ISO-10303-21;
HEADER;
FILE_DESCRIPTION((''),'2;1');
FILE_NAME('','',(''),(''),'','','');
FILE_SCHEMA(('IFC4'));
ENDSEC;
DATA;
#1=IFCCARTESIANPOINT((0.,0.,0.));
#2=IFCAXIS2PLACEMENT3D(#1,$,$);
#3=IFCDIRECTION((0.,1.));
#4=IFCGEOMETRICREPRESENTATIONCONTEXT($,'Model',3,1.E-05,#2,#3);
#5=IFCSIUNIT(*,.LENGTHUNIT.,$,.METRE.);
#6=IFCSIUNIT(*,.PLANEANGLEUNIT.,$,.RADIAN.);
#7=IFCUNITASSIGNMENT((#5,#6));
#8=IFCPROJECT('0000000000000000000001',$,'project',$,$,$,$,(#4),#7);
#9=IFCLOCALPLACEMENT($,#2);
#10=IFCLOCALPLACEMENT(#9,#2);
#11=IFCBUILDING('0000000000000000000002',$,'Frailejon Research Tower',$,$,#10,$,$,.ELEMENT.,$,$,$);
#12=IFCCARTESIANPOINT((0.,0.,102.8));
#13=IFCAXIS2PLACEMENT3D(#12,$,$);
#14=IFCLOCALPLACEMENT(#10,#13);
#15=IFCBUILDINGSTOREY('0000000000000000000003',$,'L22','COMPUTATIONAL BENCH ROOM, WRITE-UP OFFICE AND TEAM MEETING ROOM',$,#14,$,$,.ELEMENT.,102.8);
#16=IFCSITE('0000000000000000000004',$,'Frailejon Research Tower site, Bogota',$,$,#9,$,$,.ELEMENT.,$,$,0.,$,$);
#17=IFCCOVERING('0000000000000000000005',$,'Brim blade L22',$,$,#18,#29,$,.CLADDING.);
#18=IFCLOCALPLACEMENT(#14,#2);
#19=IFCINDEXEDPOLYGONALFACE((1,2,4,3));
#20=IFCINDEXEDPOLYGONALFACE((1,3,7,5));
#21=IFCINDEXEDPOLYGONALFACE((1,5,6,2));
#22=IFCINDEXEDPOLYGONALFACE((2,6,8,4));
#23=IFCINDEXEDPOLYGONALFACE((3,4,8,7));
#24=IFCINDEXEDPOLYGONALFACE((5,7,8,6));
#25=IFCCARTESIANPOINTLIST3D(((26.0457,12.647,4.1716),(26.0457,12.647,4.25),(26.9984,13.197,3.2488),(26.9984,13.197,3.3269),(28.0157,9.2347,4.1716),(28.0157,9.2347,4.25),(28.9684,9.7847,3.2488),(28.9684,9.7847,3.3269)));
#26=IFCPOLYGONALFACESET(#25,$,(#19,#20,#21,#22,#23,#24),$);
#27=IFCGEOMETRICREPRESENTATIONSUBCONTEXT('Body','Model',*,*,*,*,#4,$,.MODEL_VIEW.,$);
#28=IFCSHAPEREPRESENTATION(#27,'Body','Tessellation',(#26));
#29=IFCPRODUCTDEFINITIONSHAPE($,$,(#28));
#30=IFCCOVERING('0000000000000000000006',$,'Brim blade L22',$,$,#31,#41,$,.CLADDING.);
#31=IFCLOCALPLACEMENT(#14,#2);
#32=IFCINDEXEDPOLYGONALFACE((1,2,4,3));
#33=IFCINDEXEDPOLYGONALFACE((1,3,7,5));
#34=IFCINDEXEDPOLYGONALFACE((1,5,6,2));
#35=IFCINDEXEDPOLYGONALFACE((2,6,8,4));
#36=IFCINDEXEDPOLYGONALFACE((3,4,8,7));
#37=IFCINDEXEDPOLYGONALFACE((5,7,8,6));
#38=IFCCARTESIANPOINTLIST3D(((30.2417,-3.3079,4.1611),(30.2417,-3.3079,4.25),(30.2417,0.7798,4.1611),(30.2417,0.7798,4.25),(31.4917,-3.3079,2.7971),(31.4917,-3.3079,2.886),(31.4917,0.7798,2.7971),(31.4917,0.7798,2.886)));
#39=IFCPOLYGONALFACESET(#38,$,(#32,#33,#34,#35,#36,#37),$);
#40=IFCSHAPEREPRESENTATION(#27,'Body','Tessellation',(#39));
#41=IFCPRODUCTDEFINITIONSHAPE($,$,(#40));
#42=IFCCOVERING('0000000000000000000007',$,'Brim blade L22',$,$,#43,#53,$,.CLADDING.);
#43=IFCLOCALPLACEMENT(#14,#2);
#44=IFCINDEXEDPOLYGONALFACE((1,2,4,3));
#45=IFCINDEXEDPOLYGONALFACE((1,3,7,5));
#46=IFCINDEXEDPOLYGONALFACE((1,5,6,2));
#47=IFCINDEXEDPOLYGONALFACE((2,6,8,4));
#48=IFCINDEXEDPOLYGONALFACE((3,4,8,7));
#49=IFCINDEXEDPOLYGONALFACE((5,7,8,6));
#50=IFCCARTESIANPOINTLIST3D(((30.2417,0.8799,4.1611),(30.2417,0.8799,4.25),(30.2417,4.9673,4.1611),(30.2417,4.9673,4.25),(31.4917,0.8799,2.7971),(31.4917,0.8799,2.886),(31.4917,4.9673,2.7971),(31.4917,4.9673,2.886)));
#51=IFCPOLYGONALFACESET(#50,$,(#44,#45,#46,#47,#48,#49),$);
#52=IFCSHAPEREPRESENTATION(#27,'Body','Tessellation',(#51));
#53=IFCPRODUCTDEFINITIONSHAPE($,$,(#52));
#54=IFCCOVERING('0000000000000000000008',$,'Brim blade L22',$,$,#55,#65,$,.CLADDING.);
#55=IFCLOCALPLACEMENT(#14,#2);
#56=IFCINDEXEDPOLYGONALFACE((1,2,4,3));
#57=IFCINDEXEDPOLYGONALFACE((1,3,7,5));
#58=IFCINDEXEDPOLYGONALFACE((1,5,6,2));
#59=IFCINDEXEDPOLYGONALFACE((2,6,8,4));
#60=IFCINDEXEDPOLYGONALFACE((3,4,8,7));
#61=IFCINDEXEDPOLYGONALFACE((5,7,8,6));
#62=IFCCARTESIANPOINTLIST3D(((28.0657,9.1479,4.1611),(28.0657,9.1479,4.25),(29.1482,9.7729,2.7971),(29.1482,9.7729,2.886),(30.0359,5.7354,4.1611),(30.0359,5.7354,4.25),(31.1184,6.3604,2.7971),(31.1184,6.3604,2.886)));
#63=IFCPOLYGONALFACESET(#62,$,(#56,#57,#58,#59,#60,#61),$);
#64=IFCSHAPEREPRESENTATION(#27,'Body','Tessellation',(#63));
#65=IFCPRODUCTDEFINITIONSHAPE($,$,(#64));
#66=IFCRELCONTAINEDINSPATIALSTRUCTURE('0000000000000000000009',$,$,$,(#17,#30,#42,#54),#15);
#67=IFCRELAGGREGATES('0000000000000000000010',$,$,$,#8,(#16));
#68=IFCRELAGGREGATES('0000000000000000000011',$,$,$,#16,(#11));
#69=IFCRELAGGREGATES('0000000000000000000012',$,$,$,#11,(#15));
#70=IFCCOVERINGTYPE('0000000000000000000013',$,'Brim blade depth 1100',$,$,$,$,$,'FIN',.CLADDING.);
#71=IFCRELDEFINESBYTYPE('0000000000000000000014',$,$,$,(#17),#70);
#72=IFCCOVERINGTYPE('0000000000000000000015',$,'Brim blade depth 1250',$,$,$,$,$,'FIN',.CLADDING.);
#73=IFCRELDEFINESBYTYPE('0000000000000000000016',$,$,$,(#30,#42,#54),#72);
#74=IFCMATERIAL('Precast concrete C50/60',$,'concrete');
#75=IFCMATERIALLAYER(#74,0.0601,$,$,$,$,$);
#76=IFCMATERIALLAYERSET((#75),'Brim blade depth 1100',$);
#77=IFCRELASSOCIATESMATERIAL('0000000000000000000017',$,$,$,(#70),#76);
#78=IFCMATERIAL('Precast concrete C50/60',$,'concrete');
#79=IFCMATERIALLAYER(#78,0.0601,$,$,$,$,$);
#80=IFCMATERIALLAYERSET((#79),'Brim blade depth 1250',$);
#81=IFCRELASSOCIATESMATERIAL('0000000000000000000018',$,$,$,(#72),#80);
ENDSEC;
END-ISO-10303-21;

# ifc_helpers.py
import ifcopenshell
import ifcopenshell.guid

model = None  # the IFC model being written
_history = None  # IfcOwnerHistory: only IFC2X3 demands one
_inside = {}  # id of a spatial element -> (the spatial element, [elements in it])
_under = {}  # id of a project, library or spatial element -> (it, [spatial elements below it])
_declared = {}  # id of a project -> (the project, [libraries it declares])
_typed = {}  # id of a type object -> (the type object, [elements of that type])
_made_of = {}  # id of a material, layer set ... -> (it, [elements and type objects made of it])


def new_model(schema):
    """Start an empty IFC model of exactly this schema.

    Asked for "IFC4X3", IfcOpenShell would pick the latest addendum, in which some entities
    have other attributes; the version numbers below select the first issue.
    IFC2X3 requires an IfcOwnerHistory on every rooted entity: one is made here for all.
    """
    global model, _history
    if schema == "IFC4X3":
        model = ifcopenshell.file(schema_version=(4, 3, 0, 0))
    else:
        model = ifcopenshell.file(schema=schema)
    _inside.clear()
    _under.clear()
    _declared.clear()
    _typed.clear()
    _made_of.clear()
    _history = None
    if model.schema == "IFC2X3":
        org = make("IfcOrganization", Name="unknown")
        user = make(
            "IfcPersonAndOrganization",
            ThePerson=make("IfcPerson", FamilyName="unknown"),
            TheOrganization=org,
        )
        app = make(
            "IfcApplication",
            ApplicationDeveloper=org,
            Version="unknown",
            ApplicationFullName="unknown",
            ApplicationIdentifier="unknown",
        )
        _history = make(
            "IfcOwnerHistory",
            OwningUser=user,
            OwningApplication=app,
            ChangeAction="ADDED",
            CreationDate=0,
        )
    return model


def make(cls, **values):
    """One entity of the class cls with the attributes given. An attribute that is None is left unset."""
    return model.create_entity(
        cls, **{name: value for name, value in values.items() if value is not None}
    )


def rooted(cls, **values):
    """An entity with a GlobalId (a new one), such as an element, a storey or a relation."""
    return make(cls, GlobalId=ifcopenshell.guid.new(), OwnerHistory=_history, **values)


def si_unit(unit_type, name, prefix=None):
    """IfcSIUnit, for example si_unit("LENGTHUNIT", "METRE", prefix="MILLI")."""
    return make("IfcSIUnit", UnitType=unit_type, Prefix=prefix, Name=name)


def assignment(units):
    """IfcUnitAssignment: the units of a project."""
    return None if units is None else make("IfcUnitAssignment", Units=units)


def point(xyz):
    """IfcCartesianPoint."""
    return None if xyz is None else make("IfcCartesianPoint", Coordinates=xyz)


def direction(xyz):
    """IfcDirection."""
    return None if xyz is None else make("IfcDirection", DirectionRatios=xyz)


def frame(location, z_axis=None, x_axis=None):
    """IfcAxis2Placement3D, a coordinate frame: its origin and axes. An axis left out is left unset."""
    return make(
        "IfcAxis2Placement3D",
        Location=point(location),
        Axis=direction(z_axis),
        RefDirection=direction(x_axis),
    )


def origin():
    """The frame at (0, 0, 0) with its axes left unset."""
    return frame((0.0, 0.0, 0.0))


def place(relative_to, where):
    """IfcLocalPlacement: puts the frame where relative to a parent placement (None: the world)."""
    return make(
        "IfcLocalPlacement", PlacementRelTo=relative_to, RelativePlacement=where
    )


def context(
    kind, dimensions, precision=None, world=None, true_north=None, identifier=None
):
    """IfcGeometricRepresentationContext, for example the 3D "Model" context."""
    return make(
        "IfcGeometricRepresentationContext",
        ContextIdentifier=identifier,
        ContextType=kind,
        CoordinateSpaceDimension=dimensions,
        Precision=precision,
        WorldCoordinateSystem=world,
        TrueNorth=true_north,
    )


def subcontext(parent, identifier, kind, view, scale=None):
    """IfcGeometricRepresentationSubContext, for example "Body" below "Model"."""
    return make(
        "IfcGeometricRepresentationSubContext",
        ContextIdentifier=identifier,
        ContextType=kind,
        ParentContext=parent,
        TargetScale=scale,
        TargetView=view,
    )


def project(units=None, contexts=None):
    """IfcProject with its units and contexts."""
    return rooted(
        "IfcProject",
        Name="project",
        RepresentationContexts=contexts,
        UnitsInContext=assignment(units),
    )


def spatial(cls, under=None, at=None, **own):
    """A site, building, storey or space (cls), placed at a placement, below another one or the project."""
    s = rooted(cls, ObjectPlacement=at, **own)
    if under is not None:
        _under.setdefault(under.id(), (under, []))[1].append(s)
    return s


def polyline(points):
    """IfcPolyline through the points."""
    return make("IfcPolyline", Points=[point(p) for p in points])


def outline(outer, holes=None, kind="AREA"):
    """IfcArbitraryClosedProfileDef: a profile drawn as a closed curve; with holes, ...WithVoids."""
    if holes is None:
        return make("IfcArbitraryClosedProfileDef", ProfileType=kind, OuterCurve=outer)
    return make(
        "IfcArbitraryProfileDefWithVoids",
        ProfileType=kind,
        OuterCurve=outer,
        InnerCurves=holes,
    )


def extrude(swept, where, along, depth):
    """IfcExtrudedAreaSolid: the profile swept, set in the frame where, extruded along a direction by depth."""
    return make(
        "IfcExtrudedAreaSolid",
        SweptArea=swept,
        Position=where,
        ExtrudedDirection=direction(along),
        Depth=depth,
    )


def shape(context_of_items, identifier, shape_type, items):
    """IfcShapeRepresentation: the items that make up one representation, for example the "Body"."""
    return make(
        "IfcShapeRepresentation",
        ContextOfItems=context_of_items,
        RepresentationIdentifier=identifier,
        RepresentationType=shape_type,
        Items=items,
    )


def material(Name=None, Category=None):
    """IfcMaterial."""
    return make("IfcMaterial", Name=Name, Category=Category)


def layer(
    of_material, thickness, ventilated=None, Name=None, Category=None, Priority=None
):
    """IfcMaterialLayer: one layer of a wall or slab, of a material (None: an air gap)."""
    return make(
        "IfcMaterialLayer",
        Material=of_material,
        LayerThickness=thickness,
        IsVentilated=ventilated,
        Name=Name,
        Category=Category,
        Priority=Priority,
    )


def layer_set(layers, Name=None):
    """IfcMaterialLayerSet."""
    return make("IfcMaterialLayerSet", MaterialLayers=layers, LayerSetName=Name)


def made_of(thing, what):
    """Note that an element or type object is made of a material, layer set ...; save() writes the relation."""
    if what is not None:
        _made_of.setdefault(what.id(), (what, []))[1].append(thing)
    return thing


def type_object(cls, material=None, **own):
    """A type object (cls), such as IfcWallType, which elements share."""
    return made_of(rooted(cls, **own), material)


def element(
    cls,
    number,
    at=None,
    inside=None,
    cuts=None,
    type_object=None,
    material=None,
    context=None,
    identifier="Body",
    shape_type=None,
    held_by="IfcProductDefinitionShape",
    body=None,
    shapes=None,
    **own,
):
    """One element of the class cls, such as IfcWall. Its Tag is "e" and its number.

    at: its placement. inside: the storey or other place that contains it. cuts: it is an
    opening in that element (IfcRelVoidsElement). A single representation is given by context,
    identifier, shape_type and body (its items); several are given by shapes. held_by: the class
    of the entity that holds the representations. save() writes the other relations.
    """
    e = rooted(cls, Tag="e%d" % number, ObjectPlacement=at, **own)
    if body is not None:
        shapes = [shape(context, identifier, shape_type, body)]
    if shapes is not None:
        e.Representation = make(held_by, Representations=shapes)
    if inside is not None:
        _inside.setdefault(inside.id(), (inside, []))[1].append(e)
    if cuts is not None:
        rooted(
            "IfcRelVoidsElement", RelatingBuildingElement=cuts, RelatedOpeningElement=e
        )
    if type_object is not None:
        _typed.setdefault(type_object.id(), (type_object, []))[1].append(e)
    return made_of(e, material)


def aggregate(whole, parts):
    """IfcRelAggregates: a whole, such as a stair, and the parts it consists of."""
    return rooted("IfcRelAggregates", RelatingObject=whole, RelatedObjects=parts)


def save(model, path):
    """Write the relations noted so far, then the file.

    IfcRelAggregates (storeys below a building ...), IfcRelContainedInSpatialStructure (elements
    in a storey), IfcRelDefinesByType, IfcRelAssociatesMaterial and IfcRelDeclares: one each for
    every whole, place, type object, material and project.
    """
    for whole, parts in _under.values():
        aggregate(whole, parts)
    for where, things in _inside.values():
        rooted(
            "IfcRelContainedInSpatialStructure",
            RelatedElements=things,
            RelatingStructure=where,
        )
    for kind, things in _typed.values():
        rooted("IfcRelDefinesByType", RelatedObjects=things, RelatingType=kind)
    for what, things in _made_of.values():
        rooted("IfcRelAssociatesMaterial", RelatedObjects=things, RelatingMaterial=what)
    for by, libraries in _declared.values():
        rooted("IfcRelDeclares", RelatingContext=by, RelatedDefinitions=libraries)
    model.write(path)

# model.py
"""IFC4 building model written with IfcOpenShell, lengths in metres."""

from ifc_helpers import new_model, si_unit, direction, frame, origin, place, context, subcontext, project, spatial, polyline, outline, extrude, material, layer, layer_set, type_object, element, save


model = new_model("IFC4")

# Units and contexts
model_context = context("Model", 3, precision=1e-05, world=origin(), true_north=direction((0.0, 1.0)))
body_context = subcontext(model_context, "Body", "Model", "MODEL_VIEW")
ifc_project = project(units=[si_unit("LENGTHUNIT", "METRE"), si_unit("PLANEANGLEUNIT", "RADIAN")], contexts=[model_context])

# Site, building, storey
site_placement = place(None, origin())
site = spatial("IfcSite", under=ifc_project, at=site_placement, Name="Frailejon Research Tower site, Bogota", CompositionType="ELEMENT", RefElevation=0.0)
building_placement = place(site_placement, origin())
building = spatial("IfcBuilding", under=site, at=building_placement, Name="Frailejon Research Tower", CompositionType="ELEMENT")
storey_placement = place(building_placement, frame((0.0, 0.0, 102.8)))
storey = spatial("IfcBuildingStorey", under=building, at=storey_placement, Name="L22", Description="COMPUTATIONAL BENCH ROOM, WRITE-UP OFFICE AND TEAM MEETING ROOM", CompositionType="ELEMENT", Elevation=102.8)

# Coverings
ifc_material_1 = material(Name="Precast concrete C50/60", Category="concrete")
ifc_layer_1 = layer(ifc_material_1, 0.0601)
ifc_layer_set_1 = layer_set([ifc_layer_1], Name="Brim blade depth 1100")
covering_type_1 = type_object("IfcCoveringType", Name="Brim blade depth 1100", ElementType="FIN", PredefinedType="CLADDING", material=ifc_layer_set_1)
covering_1_placement = place(storey_placement, frame((26.0457, 12.647, 4.25), z_axis=(0.499991, -0.866031, 0.0), x_axis=(0.866031, 0.499991, 0.0)))
element("IfcCovering", 1, at=covering_1_placement, inside=storey, type_object=covering_type_1, Name="Brim blade L22", PredefinedType="CLADDING", context=body_context, shape_type="SweptSolid", body=[
    extrude(outline(polyline([(0.0, -0.0784), (1.1001, -1.0012), (1.1001, -0.9231), (0.0, 0.0), (0.0, -0.0784)])), origin(), (0.0, 0.0, 1.0), 3.9402),
])
ifc_material_2 = material(Name="Precast concrete C50/60", Category="concrete")
ifc_layer_2 = layer(ifc_material_2, 0.0601)
ifc_layer_set_2 = layer_set([ifc_layer_2], Name="Brim blade depth 1250")
covering_type_2 = type_object("IfcCoveringType", Name="Brim blade depth 1250", ElementType="FIN", PredefinedType="CLADDING", material=ifc_layer_set_2)
covering_2_placement = place(storey_placement, frame((30.2417, 0.7798, 4.25), z_axis=(0.0, -1.0, 0.0), x_axis=(1.0, 0.0, 0.0)))
element("IfcCovering", 2, at=covering_2_placement, inside=storey, type_object=covering_type_2, Name="Brim blade L22", PredefinedType="CLADDING", context=body_context, shape_type="SweptSolid", body=[
    extrude(outline(polyline([(0.0, -0.0889), (1.25, -1.4529), (1.25, -1.364), (0.0, 0.0), (0.0, -0.0889)])), origin(), (0.0, 0.0, 1.0), 4.0876),
])
covering_3_placement = place(storey_placement, frame((30.2417, 4.9673, 4.25), z_axis=(0.0, -1.0, 0.0), x_axis=(1.0, 0.0, 0.0)))
element("IfcCovering", 3, at=covering_3_placement, inside=storey, type_object=covering_type_2, Name="Brim blade L22", PredefinedType="CLADDING", context=body_context, shape_type="SweptSolid", body=[
    extrude(outline(polyline([(0.0, -0.0889), (1.25, -1.4529), (1.25, -1.364), (0.0, 0.0), (0.0, -0.0889)])), origin(), (0.0, 0.0, 1.0), 4.0874),
])
covering_4_placement = place(storey_placement, frame((28.0657, 9.1479, 4.25), z_axis=(0.499999, -0.866026, 0.0), x_axis=(0.866026, 0.499999, 0.0)))
element("IfcCovering", 4, at=covering_4_placement, inside=storey, type_object=covering_type_2, Name="Brim blade L22", PredefinedType="CLADDING", context=body_context, shape_type="SweptSolid", body=[
    extrude(outline(polyline([(0.0, -0.0889), (1.25, -1.4529), (1.25, -1.364), (0.0, 0.0), (0.0, -0.0889)])), origin(), (0.0, 0.0, 1.0), 3.9404),
])

save(model, "model.ifc")
